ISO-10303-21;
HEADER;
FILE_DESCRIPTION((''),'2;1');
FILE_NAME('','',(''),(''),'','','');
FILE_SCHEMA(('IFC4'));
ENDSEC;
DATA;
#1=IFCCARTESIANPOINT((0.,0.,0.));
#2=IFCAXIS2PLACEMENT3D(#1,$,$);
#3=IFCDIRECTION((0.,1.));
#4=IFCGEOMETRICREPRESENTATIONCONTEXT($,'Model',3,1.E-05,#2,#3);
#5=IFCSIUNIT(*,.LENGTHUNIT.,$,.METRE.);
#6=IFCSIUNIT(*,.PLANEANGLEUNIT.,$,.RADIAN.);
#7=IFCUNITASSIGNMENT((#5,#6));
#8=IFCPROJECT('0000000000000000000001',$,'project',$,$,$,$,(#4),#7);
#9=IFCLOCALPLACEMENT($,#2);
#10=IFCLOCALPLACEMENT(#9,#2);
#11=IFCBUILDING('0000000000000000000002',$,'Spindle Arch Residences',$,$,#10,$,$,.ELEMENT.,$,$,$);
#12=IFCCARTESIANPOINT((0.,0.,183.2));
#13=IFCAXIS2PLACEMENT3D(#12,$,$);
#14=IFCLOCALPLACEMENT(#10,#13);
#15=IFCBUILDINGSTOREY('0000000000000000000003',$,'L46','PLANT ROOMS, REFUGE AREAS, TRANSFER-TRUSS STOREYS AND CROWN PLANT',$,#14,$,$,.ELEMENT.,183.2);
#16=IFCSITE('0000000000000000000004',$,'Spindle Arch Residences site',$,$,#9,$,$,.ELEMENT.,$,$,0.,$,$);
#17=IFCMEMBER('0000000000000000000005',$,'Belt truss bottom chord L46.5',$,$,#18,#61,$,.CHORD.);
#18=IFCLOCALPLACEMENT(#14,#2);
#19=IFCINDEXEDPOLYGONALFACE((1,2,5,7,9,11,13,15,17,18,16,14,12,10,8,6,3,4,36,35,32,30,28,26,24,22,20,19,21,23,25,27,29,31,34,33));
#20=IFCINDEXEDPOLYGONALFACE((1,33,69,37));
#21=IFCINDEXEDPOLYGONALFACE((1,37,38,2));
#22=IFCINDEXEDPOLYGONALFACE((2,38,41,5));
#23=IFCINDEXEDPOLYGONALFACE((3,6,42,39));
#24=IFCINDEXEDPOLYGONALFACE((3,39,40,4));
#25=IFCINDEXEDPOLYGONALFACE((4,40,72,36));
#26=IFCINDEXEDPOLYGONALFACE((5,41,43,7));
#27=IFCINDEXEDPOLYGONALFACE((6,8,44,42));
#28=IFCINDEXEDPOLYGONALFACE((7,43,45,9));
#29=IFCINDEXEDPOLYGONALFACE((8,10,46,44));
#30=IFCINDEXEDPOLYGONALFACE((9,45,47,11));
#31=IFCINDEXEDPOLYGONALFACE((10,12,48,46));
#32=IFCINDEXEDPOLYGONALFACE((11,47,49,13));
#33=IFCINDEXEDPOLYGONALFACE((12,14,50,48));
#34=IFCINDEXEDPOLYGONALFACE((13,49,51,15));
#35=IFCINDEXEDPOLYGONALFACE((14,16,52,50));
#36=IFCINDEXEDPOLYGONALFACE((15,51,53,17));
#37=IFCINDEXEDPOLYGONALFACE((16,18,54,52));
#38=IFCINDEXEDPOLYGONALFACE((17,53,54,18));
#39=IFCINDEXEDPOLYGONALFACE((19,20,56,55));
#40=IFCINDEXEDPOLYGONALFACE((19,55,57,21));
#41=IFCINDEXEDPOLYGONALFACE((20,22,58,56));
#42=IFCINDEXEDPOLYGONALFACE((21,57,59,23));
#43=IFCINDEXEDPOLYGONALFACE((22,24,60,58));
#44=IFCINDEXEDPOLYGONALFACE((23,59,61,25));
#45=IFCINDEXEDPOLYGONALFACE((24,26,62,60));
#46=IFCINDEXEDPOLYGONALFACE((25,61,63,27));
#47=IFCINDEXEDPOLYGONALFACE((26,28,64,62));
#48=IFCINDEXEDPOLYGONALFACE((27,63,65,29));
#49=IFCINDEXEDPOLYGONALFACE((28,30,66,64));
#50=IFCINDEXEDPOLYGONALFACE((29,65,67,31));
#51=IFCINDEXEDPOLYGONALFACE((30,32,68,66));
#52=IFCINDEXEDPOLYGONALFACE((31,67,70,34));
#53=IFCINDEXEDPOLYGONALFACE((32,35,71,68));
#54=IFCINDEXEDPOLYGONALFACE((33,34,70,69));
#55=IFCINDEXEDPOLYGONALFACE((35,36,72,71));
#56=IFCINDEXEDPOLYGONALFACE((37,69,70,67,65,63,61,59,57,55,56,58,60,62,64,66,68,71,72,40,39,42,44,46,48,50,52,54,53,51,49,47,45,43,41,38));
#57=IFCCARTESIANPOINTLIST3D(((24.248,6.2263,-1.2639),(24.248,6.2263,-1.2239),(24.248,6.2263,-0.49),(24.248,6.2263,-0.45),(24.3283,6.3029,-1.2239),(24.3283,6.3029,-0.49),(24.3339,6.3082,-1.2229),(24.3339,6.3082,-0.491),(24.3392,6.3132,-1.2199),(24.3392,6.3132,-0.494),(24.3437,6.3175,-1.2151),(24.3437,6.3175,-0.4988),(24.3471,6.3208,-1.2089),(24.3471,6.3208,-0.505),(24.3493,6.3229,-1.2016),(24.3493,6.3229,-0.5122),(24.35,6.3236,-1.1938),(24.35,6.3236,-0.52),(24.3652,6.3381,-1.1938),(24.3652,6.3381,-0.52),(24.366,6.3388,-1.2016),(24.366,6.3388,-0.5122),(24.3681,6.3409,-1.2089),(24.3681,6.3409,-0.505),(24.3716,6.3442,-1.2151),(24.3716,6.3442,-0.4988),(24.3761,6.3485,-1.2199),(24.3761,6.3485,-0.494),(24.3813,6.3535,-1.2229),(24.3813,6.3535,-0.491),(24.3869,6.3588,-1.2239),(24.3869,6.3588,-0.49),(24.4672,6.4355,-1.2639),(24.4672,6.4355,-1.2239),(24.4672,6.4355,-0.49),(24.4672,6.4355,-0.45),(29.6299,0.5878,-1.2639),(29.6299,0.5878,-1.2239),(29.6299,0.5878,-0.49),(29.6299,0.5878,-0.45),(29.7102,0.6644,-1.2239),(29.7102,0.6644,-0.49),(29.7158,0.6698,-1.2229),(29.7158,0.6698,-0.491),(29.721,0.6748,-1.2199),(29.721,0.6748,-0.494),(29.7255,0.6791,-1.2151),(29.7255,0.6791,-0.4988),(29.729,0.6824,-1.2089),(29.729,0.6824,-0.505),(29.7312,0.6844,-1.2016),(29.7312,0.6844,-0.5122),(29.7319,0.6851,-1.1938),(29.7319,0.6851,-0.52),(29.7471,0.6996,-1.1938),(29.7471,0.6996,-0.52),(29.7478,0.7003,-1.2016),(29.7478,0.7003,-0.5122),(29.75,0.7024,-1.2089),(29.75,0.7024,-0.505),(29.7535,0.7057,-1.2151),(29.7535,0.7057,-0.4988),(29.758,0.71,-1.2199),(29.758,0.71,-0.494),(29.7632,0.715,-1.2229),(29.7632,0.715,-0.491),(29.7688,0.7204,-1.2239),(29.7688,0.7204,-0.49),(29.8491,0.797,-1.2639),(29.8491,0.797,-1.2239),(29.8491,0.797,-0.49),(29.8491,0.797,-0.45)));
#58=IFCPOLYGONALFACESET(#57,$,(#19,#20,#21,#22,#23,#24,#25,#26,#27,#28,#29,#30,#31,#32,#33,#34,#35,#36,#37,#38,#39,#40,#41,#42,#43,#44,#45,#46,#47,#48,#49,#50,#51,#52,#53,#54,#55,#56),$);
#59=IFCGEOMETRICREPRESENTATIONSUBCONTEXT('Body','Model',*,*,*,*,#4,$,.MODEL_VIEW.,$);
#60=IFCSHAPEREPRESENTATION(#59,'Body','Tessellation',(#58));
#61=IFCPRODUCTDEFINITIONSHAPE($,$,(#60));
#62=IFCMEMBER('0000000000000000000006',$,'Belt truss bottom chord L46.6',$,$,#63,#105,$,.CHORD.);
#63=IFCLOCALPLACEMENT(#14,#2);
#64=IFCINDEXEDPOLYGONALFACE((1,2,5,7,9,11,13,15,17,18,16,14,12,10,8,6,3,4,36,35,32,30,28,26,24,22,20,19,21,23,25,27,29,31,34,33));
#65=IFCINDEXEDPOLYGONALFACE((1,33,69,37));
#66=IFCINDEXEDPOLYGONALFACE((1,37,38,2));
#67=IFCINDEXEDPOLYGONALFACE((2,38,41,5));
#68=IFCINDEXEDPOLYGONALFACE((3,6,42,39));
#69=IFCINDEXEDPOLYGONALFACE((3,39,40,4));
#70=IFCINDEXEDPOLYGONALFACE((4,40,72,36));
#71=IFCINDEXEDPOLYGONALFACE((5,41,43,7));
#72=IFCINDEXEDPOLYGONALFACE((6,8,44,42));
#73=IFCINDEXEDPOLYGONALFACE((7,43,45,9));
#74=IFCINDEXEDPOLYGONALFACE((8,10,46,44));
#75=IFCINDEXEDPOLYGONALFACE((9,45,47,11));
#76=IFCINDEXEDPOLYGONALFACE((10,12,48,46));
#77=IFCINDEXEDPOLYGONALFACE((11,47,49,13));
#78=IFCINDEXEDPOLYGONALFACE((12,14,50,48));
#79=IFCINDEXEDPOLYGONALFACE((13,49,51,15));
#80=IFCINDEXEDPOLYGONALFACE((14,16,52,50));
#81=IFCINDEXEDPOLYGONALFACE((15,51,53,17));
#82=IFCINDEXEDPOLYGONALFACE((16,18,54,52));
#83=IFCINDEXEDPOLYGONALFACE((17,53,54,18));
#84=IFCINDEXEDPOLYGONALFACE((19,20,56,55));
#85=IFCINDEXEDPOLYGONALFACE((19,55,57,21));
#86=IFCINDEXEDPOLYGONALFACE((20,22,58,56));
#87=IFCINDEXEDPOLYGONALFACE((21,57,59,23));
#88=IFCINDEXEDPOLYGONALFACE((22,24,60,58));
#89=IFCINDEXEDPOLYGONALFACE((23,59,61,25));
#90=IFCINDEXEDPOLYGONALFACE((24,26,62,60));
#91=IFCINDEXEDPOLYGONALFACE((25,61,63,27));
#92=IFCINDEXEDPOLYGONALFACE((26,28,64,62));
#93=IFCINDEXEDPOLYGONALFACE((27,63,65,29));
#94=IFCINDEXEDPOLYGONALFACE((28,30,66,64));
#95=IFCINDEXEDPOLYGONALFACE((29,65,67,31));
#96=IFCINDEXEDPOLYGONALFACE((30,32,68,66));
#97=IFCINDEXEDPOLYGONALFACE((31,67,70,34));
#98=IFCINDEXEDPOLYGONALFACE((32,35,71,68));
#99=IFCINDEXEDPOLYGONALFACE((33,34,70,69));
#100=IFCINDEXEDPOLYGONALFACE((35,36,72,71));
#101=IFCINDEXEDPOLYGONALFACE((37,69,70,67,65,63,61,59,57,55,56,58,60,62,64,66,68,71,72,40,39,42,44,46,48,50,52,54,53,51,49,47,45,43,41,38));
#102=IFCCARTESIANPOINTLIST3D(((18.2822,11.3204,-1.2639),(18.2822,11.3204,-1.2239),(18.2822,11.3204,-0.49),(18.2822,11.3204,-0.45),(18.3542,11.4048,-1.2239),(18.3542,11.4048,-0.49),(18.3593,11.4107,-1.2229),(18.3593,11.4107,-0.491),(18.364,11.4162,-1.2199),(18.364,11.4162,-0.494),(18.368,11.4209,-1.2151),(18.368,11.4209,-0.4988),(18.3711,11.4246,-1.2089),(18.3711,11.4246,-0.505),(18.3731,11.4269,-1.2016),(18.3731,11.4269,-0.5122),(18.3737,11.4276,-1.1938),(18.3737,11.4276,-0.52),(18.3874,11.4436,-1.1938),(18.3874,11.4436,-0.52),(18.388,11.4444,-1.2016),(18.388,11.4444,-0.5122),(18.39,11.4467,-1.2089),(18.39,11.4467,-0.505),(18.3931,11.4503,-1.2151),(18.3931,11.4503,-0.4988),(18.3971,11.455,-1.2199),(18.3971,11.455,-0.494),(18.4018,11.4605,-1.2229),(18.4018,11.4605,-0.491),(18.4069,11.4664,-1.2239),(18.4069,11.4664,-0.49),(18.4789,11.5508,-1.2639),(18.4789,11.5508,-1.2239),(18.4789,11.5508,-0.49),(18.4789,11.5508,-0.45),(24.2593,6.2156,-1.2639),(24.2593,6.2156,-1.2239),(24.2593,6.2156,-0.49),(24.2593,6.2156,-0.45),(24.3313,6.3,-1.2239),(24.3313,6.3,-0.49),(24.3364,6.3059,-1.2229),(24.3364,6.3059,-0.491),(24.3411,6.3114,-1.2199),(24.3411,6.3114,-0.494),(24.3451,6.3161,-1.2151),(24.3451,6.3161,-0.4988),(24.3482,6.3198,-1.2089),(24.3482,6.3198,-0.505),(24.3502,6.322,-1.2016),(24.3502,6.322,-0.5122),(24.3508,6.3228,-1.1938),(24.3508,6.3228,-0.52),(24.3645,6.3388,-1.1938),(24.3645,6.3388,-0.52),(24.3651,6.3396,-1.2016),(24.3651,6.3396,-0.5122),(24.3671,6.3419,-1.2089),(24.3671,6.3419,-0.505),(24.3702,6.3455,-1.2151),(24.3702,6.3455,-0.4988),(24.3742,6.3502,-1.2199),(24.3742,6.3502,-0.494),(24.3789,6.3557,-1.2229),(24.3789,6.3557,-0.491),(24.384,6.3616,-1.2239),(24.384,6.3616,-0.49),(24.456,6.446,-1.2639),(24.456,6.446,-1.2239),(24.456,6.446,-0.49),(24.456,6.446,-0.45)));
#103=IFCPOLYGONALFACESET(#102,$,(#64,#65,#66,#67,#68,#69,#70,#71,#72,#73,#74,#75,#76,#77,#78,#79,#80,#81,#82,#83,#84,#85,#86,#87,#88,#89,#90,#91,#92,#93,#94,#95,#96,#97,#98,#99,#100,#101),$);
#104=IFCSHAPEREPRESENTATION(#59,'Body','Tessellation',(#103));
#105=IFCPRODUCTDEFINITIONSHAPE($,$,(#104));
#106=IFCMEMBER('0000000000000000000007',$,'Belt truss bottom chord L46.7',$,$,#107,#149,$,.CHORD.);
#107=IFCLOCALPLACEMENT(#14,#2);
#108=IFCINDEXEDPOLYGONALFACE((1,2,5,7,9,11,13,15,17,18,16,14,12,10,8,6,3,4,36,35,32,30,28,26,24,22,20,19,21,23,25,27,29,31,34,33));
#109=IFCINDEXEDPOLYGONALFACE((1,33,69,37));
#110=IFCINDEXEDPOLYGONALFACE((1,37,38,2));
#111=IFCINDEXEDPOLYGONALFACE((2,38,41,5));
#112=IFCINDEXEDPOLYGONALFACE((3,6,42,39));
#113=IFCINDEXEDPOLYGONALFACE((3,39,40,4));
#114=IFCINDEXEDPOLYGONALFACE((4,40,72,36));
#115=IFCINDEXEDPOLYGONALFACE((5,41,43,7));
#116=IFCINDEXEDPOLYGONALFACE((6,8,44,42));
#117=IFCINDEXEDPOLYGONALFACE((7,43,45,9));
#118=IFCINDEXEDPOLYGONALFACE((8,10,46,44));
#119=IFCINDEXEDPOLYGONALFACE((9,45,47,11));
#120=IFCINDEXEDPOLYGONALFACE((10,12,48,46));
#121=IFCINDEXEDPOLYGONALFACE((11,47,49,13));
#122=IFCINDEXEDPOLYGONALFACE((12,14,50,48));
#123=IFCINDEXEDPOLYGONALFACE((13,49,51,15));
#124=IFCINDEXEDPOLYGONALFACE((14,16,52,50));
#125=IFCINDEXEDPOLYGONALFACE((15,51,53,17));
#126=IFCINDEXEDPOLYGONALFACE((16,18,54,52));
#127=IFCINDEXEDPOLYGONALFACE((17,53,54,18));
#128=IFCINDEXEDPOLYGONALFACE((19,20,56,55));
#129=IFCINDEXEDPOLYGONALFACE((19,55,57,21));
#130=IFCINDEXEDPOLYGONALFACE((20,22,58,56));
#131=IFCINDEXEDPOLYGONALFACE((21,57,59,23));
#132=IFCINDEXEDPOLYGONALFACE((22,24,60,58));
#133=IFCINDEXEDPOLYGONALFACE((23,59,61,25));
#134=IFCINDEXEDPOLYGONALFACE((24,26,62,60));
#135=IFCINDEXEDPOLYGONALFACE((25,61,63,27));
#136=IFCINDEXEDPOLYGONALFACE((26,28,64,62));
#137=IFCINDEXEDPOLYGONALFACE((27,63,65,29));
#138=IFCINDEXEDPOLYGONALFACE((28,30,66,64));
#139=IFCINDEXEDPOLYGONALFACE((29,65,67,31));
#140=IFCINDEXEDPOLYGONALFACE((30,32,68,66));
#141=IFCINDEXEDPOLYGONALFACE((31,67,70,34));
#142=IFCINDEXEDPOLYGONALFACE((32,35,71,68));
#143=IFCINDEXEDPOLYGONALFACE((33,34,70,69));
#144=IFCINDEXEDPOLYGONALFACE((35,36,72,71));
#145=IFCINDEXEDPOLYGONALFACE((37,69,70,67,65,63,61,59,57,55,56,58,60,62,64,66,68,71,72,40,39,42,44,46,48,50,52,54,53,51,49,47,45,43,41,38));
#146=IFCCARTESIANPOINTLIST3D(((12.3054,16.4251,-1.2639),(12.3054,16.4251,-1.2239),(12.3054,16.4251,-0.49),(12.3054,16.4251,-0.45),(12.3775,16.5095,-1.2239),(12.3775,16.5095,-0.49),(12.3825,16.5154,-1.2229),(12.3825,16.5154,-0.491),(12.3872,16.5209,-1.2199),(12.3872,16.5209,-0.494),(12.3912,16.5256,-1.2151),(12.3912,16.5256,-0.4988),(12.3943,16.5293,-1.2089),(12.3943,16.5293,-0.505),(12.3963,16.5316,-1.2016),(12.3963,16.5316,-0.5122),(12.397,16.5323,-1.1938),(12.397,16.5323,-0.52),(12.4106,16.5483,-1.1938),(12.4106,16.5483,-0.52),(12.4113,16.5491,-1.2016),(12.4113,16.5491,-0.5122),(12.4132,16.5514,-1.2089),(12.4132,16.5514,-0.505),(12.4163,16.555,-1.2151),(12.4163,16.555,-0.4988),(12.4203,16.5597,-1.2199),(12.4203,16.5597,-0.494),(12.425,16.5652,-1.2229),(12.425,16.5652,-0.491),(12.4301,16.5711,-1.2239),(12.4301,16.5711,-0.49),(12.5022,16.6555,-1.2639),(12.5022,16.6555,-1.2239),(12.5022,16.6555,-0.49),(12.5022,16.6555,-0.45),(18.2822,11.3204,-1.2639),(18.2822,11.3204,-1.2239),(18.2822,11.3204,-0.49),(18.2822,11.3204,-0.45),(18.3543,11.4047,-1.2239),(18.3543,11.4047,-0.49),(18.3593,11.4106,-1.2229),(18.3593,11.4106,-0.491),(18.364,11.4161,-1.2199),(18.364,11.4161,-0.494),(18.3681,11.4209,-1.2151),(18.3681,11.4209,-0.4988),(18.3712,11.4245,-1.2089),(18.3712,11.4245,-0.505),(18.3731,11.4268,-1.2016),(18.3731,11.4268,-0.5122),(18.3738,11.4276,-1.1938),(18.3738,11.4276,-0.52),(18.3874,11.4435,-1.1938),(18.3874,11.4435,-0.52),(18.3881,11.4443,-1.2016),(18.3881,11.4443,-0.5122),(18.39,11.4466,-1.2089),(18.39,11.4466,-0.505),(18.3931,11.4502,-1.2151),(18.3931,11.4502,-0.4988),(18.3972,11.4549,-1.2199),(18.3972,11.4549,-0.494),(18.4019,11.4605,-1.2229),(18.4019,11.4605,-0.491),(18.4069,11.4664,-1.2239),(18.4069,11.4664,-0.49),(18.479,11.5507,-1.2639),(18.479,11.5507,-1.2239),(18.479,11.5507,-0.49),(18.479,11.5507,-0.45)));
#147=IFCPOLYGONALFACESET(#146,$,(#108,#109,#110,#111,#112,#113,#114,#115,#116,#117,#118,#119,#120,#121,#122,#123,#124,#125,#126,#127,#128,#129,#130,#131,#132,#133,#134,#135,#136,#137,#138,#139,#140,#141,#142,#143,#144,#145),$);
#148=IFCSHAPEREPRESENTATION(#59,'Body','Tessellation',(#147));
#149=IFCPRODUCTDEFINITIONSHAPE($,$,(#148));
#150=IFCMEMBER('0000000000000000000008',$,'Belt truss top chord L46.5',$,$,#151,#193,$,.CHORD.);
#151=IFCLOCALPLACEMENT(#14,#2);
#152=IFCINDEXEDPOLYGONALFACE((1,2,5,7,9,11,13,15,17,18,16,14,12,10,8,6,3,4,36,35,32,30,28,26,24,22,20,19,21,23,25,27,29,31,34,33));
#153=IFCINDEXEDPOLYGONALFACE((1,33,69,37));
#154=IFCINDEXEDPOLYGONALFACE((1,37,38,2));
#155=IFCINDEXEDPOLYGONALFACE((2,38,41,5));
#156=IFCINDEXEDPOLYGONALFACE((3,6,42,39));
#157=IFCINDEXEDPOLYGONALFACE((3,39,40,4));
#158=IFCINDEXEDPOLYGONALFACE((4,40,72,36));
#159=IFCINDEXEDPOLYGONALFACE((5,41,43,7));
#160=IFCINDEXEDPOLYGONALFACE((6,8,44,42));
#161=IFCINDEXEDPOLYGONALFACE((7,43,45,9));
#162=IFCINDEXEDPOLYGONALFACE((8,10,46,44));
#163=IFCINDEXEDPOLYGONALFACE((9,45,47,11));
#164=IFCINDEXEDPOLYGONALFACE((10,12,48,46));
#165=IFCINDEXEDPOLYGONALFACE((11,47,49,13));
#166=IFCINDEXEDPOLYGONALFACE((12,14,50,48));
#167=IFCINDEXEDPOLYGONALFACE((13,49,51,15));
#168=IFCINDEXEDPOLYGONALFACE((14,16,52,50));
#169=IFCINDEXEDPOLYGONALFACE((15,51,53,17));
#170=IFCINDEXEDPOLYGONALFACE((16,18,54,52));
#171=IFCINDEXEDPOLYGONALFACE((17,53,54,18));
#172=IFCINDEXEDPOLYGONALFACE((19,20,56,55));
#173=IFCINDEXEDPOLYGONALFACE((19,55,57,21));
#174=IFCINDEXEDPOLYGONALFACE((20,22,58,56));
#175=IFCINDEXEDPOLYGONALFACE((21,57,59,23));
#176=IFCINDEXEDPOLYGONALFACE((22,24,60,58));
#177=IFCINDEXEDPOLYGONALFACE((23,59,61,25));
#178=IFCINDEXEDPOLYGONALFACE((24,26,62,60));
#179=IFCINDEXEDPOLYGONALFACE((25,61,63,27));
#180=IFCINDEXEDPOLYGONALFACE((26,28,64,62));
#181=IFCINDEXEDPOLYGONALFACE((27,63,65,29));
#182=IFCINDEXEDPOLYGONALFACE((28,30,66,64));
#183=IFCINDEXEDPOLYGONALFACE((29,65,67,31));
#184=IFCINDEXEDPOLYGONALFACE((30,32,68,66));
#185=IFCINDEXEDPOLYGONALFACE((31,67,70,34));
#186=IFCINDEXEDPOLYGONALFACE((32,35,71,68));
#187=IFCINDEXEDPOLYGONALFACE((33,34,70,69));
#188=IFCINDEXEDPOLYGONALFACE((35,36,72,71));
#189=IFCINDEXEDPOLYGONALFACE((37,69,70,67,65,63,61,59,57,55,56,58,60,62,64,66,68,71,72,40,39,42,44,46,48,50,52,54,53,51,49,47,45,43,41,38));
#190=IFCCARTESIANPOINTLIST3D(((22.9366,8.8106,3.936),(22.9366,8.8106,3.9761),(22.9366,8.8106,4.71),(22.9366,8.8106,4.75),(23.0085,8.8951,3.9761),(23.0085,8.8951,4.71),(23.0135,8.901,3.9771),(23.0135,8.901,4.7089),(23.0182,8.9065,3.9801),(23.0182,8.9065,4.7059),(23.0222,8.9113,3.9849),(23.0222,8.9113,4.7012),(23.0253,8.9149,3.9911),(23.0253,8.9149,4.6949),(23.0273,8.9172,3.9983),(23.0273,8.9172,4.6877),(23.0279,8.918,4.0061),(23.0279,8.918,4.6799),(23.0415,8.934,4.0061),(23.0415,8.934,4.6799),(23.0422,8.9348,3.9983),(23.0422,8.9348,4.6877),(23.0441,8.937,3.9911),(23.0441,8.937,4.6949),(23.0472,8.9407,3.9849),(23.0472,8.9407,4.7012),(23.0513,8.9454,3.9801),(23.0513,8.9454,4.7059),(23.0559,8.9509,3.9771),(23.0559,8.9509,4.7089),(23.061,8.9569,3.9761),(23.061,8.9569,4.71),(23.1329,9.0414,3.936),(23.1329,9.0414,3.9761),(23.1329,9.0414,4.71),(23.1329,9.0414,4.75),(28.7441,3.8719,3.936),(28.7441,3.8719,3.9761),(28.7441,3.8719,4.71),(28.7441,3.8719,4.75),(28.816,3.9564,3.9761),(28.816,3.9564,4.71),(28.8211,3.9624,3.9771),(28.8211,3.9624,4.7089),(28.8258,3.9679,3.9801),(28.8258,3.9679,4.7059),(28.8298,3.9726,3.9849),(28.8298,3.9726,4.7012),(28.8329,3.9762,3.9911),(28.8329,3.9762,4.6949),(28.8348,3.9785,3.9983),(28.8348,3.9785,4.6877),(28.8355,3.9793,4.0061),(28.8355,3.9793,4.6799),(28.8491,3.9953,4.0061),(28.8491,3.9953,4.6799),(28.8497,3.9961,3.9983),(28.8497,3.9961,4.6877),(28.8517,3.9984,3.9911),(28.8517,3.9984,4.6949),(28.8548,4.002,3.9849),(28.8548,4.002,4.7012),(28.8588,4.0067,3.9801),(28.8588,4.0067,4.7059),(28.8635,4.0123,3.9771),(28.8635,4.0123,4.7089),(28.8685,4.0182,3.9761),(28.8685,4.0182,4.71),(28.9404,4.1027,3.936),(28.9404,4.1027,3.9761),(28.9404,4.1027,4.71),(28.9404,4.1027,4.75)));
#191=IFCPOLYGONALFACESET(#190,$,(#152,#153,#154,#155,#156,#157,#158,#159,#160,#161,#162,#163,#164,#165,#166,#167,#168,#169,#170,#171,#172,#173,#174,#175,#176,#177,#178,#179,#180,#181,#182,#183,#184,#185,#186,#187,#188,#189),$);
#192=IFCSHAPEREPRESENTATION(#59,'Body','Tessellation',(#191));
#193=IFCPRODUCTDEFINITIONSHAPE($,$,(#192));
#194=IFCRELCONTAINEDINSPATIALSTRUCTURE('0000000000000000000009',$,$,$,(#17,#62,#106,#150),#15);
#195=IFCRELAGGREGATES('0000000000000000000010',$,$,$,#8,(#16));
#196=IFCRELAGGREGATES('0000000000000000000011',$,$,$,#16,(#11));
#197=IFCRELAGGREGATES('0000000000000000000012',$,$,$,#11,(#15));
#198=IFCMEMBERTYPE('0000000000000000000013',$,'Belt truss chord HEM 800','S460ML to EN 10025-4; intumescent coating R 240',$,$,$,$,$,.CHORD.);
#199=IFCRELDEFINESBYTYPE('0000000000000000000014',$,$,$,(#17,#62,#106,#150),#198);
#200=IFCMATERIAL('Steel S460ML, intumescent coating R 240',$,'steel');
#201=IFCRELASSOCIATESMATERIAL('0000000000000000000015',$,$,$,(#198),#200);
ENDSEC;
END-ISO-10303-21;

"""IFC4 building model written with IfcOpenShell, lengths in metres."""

from ifc_helpers import new_model, si_unit, direction, frame, origin, origin_2d, place, context, subcontext, project, spatial, i_section, extrude, material, material_profile, profile_set, type_object, element, save


model = new_model("IFC4")

# Units and contexts
model_context = context("Model", 3, precision=1e-05, world=origin(), true_north=direction((0.0, 1.0)))
body_context = subcontext(model_context, "Body", "Model", "MODEL_VIEW")
ifc_project = project(units=[si_unit("LENGTHUNIT", "METRE"), si_unit("PLANEANGLEUNIT", "RADIAN")], contexts=[model_context])

# Site, building, storey
site_placement = place(None, origin())
site = spatial("IfcSite", under=ifc_project, at=site_placement, Name="Spindle Arch Residences site", CompositionType="ELEMENT", RefElevation=0.0)
building_placement = place(site_placement, origin())
building = spatial("IfcBuilding", under=site, at=building_placement, Name="Spindle Arch Residences", CompositionType="ELEMENT")
storey_placement = place(building_placement, frame((0.0, 0.0, 183.2)))
storey = spatial("IfcBuildingStorey", under=building, at=storey_placement, Name="L46", Description="PLANT ROOMS, REFUGE AREAS, TRANSFER-TRUSS STOREYS AND CROWN PLANT", CompositionType="ELEMENT", Elevation=183.2)

# Members
ifc_material_1 = material(Name="Steel S460ML, intumescent coating R 240", Category="steel")
ifc_material_profile_1 = material_profile(ifc_material_1, i_section(OverallWidth=0.303, OverallDepth=0.814, WebThickness=0.021, FlangeThickness=0.04, FilletRadius=0.03, at=origin_2d()), Name="HEM 800")
ifc_profile_set_1 = profile_set([ifc_material_profile_1], Name="Steel S460ML, intumescent coating R 240")
member_type_1 = type_object("IfcMemberType", Name="Belt truss chord HEM 800", Description="S460ML to EN 10025-4; intumescent coating R 240", PredefinedType="CHORD", material=ifc_profile_set_1)
member_1_placement = place(storey_placement, frame((29.7395, 0.6924, -0.8569), z_axis=(-0.690456, 0.723375, 0.0), x_axis=(-0.723375, -0.690456, 0.0)))
element("IfcMember", 1, at=member_1_placement, inside=storey, type_object=member_type_1, Name="Belt truss bottom chord L46.5", PredefinedType="CHORD", context=body_context, shape_type="SweptSolid", body=[
    extrude(i_section(OverallWidth=0.303, OverallDepth=0.814, WebThickness=0.021, FlangeThickness=0.04, FilletRadius=0.03, at=origin_2d()), origin(), (0.0, 0.0, 1.0), 7.7947),
])
member_2_placement = place(storey_placement, frame((24.3577, 6.3308, -0.8569), z_axis=(-0.760415, 0.649437, 0.0), x_axis=(-0.649437, -0.760415, 0.0)))
element("IfcMember", 2, at=member_2_placement, inside=storey, type_object=member_type_1, Name="Belt truss bottom chord L46.6", PredefinedType="CHORD", context=body_context, shape_type="SweptSolid", body=[
    extrude(i_section(OverallWidth=0.303, OverallDepth=0.814, WebThickness=0.021, FlangeThickness=0.04, FilletRadius=0.03, at=origin_2d()), origin(), (0.0, 0.0, 1.0), 7.8604),
])
member_3_placement = place(storey_placement, frame((18.3806, 11.4355, -0.8569), z_axis=(-0.760402, 0.649453, 0.0), x_axis=(-0.649453, -0.760402, 0.0)))
element("IfcMember", 3, at=member_3_placement, inside=storey, type_object=member_type_1, Name="Belt truss bottom chord L46.7", PredefinedType="CHORD", context=body_context, shape_type="SweptSolid", body=[
    extrude(i_section(OverallWidth=0.303, OverallDepth=0.814, WebThickness=0.021, FlangeThickness=0.04, FilletRadius=0.03, at=origin_2d()), origin(), (0.0, 0.0, 1.0), 7.8601),
])
member_4_placement = place(storey_placement, frame((28.8423, 3.9873, 4.343), z_axis=(-0.761794, 0.647819, 0.0), x_axis=(-0.647819, -0.761794, 0.0)))
element("IfcMember", 4, at=member_4_placement, inside=storey, type_object=member_type_1, Name="Belt truss top chord L46.5", PredefinedType="CHORD", context=body_context, shape_type="SweptSolid", body=[
    extrude(i_section(OverallWidth=0.303, OverallDepth=0.814, WebThickness=0.021, FlangeThickness=0.04, FilletRadius=0.03, at=origin_2d()), origin(), (0.0, 0.0, 1.0), 7.6235),
])

save(model, "model.ifc")
